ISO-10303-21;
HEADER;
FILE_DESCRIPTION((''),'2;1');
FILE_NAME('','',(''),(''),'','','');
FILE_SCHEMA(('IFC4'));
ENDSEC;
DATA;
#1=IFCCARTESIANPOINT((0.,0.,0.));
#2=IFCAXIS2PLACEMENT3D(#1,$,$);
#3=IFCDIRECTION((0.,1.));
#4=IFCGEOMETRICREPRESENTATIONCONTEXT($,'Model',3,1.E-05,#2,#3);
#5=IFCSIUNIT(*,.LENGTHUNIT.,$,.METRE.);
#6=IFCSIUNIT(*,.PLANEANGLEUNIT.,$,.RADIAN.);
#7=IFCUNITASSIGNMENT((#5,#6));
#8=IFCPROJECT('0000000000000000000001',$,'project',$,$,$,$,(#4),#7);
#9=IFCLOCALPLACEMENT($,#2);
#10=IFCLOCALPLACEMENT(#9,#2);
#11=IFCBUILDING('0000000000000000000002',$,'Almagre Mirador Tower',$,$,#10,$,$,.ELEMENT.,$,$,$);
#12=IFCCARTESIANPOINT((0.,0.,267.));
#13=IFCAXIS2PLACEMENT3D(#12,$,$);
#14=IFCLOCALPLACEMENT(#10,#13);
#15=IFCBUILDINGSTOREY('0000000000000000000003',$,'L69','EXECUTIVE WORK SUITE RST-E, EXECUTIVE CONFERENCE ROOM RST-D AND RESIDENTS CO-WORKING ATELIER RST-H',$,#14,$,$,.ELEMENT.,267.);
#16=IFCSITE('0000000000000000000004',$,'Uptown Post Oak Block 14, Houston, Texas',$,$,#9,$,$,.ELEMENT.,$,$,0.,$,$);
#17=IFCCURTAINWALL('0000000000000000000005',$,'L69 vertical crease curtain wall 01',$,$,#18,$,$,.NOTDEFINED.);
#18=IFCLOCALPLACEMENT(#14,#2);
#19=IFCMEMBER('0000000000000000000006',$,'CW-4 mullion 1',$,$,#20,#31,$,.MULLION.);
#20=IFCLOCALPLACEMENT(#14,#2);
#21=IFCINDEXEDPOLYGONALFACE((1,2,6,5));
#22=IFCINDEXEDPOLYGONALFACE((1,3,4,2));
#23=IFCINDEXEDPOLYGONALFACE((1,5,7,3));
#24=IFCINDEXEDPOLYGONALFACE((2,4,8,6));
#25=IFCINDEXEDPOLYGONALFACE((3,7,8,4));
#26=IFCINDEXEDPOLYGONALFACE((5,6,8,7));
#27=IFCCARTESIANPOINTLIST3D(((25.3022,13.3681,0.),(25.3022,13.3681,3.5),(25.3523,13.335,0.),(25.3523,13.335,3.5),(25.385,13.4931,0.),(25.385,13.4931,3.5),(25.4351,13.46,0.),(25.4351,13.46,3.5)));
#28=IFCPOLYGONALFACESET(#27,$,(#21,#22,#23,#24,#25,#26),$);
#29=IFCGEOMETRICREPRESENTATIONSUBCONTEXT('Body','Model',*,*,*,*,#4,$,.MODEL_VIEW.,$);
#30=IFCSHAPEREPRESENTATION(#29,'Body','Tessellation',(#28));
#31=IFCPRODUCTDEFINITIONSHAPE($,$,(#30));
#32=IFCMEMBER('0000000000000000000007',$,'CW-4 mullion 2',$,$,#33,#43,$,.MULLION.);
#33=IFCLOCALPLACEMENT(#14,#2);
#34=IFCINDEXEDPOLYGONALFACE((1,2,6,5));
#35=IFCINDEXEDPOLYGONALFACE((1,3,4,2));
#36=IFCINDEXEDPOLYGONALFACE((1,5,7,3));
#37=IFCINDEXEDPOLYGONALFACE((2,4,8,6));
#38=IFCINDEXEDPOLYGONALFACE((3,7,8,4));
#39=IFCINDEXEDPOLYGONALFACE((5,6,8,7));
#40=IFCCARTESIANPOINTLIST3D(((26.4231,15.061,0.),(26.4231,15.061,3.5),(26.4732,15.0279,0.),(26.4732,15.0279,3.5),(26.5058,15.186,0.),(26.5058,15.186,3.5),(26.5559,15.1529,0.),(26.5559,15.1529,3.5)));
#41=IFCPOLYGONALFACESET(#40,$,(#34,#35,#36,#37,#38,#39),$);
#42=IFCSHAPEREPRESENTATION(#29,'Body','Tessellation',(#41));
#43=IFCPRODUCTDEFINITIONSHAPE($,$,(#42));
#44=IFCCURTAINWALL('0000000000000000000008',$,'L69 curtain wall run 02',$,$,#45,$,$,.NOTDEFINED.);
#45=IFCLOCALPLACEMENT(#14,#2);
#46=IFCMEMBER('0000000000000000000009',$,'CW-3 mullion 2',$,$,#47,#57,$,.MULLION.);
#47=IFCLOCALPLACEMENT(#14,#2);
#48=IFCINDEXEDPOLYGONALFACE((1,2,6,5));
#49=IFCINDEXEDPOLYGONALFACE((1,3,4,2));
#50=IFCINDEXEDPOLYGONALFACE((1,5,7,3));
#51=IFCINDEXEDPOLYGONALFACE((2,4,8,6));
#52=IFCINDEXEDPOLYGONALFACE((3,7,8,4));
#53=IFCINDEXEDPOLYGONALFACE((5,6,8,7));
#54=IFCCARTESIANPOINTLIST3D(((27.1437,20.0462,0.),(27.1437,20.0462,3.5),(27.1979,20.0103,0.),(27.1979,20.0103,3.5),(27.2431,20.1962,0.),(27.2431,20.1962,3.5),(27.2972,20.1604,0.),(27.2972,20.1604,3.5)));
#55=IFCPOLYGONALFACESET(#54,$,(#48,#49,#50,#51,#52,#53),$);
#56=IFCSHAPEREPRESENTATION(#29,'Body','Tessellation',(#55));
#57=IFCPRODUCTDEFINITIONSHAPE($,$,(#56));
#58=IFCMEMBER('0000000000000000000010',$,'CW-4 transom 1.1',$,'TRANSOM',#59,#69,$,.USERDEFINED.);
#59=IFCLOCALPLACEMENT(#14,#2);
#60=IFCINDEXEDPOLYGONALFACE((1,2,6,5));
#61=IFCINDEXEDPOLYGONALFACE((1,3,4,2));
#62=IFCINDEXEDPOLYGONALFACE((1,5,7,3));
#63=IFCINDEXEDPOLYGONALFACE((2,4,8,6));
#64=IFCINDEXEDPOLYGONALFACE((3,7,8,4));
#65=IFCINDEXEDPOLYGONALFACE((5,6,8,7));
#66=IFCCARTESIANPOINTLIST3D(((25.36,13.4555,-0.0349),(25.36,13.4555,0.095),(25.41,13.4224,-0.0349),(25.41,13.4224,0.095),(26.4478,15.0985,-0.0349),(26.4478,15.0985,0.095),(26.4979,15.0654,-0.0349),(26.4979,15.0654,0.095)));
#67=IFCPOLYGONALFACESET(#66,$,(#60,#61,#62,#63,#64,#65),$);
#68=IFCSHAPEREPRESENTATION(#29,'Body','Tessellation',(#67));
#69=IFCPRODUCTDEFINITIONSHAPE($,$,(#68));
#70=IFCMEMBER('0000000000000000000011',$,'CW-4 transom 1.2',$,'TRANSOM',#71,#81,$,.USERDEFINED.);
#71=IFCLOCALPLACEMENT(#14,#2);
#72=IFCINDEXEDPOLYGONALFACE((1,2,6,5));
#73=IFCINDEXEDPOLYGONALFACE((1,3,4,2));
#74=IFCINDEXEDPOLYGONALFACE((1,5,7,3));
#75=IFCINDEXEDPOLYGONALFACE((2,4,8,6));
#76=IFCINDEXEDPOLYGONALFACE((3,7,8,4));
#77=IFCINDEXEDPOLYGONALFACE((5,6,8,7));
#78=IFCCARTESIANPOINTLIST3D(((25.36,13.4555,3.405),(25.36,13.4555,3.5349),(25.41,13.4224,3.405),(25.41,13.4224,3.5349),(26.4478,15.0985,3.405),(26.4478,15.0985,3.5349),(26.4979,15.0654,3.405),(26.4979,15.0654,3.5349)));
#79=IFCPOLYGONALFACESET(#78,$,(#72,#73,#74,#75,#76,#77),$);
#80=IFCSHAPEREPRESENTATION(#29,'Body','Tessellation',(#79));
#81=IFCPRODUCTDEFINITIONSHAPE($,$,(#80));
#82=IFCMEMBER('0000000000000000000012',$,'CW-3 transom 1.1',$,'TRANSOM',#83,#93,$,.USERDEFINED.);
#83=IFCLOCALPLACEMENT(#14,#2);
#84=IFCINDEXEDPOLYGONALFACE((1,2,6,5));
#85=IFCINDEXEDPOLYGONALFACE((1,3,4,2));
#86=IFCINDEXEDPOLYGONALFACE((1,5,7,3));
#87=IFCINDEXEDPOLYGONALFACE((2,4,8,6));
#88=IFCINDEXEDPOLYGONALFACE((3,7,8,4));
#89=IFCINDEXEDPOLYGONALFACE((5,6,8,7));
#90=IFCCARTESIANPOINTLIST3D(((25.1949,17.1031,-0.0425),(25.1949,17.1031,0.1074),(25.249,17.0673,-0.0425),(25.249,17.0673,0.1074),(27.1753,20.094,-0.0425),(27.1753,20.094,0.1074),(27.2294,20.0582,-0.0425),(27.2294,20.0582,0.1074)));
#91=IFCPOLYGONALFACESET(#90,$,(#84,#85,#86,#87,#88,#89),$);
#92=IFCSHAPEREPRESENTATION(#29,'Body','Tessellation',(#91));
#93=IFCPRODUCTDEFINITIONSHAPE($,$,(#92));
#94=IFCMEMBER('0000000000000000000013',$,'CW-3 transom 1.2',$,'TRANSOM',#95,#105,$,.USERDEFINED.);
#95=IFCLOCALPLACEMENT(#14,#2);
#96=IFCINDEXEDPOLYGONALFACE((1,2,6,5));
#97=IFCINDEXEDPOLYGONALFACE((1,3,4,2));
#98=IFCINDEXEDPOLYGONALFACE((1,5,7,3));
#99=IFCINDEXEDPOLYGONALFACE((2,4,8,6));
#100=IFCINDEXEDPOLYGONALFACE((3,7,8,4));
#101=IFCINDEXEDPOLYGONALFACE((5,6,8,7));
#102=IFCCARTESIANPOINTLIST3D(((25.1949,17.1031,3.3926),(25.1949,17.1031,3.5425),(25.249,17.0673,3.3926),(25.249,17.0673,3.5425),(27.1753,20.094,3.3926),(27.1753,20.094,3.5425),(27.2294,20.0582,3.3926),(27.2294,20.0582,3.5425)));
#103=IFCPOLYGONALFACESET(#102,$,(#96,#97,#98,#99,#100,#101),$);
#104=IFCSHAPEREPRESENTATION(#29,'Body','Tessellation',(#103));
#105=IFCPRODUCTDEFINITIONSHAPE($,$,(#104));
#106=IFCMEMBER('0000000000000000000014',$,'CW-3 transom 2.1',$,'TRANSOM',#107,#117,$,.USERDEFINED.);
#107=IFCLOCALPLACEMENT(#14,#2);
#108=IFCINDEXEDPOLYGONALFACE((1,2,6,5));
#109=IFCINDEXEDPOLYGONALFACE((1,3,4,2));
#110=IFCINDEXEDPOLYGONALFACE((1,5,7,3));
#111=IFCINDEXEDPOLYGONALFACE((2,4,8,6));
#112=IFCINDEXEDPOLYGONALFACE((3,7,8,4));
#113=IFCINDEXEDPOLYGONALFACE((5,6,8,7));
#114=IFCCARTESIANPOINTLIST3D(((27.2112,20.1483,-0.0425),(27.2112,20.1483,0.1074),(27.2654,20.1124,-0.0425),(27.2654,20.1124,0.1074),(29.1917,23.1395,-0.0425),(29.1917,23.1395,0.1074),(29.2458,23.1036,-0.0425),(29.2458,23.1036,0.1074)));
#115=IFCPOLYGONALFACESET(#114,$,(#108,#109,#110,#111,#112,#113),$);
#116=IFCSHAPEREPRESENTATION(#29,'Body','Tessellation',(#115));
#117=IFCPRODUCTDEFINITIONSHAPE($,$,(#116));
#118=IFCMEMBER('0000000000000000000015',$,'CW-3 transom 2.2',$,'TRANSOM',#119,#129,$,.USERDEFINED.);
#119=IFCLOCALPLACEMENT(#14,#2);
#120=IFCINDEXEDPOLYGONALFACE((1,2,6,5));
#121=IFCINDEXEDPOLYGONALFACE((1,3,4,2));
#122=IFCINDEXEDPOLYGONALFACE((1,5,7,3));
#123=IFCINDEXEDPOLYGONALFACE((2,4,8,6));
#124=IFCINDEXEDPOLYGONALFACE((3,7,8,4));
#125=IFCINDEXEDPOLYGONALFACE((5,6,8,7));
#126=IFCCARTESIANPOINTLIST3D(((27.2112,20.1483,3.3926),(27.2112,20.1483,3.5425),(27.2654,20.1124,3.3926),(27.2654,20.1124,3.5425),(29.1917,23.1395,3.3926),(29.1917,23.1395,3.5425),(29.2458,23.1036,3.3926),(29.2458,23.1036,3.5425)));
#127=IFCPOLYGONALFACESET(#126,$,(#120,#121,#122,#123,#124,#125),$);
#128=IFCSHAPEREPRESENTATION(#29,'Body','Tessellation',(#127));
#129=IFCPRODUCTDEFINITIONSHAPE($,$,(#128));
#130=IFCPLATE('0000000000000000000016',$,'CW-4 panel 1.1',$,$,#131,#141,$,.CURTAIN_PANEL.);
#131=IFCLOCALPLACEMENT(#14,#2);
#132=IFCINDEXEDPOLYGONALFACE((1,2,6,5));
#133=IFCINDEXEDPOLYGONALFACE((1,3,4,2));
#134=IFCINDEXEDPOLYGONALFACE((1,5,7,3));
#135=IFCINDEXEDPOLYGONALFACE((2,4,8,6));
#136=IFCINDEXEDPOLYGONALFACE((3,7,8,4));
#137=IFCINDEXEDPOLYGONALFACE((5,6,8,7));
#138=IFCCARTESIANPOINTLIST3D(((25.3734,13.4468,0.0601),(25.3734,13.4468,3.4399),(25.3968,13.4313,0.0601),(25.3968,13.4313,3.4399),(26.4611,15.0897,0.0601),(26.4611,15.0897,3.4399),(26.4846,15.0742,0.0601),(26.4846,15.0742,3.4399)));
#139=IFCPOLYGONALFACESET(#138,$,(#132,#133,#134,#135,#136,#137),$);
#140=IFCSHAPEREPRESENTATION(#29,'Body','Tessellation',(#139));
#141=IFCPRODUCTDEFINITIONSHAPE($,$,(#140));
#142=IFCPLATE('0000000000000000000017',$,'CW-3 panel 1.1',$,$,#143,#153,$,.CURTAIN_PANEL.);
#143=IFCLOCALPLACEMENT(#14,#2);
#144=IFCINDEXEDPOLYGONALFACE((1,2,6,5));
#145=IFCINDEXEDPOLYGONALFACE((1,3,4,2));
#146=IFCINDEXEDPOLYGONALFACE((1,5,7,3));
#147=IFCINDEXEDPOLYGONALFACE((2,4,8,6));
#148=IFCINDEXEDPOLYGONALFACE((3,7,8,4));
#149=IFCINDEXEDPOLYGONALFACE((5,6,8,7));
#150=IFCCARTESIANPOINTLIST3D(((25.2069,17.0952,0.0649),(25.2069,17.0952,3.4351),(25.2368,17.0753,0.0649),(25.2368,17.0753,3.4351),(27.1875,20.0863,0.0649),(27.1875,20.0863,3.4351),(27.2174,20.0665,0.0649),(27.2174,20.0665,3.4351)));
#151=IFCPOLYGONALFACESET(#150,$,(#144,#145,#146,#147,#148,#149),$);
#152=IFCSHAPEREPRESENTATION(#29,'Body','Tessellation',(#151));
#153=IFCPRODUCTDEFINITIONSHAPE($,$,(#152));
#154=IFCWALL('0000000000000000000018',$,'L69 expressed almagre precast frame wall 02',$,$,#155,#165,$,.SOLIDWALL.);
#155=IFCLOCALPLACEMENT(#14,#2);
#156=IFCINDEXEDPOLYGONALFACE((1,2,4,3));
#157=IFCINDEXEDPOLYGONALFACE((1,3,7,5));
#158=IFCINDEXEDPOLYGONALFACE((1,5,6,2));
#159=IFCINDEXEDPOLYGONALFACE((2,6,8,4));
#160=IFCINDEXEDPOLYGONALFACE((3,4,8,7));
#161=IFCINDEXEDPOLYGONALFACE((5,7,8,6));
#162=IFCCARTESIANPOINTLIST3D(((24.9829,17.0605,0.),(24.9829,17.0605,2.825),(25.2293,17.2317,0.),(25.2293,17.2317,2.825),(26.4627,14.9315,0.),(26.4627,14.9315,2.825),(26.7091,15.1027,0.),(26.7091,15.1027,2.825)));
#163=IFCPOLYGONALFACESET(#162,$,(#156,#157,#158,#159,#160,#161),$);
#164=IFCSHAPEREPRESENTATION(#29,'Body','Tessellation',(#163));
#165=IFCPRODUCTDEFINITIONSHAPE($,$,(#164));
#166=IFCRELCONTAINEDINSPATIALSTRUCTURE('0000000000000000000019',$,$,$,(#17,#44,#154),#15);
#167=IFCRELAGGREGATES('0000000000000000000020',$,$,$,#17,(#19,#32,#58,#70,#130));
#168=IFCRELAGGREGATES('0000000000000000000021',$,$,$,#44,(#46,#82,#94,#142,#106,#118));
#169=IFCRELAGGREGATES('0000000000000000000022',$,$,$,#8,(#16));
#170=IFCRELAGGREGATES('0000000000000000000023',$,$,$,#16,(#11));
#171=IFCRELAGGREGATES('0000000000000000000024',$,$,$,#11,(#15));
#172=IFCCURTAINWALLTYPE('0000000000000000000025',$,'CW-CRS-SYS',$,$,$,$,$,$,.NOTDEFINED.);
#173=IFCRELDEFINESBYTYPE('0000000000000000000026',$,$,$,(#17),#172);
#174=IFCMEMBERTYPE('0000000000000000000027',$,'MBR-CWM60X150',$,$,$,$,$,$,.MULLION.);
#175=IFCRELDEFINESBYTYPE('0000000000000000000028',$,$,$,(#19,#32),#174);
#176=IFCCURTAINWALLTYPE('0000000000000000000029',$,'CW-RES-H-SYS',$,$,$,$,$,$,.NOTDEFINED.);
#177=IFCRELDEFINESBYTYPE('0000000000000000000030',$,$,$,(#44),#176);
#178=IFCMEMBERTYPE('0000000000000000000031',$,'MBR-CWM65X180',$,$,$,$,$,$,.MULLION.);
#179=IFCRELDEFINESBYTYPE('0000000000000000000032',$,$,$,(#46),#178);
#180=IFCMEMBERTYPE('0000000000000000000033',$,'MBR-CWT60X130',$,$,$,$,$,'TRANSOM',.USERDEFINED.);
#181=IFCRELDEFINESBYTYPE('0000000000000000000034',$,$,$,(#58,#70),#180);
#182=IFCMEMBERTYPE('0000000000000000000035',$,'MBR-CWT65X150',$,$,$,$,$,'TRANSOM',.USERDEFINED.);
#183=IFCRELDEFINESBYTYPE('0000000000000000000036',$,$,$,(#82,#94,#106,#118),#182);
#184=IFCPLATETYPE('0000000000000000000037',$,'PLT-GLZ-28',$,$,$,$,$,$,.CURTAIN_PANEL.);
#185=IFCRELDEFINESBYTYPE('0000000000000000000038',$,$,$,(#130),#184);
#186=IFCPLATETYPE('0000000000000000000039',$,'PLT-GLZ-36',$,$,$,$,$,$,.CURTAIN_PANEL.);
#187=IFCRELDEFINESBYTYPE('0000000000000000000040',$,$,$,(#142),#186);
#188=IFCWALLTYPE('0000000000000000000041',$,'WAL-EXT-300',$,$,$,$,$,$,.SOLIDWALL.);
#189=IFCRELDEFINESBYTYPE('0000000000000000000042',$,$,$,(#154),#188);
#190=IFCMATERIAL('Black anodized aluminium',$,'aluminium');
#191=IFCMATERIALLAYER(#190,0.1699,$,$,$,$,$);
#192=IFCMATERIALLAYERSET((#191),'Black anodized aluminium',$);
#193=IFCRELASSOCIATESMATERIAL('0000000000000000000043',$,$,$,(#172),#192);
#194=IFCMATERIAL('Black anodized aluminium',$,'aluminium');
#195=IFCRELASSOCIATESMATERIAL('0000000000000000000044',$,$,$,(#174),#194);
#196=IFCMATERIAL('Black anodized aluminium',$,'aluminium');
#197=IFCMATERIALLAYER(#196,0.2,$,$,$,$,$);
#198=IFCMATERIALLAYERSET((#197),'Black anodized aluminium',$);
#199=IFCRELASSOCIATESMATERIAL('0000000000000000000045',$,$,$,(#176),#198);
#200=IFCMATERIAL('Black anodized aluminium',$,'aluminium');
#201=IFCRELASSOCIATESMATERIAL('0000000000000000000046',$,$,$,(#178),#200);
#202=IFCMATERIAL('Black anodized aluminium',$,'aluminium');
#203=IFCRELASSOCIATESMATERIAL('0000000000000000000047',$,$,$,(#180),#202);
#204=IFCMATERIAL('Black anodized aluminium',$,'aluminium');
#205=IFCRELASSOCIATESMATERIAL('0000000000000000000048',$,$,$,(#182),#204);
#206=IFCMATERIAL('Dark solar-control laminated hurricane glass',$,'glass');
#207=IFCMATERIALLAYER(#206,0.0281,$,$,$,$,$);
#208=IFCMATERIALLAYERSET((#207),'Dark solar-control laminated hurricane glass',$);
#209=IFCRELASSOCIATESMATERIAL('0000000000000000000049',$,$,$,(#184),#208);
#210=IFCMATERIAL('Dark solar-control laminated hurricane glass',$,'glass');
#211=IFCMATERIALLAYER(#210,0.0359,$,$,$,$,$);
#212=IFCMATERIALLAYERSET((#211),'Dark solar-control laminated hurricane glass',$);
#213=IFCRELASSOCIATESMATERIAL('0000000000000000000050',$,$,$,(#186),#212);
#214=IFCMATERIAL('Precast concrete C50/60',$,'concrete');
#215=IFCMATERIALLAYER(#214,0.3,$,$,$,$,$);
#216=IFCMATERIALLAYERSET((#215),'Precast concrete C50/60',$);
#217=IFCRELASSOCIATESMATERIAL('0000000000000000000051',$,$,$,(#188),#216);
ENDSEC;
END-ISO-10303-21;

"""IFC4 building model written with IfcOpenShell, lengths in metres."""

from ifc_helpers import new_model, si_unit, direction, frame, frame_2d, origin, origin_2d, place, context, subcontext, project, spatial, rectangle, extrude, material, layer, layer_set, material_profile, profile_set, type_object, element, aggregate, save


model = new_model("IFC4")

# Units and contexts
model_context = context("Model", 3, precision=1e-05, world=origin(), true_north=direction((0.0, 1.0)))
body_context = subcontext(model_context, "Body", "Model", "MODEL_VIEW")
ifc_project = project(units=[si_unit("LENGTHUNIT", "METRE"), si_unit("PLANEANGLEUNIT", "RADIAN")], contexts=[model_context])

# Site, building, storey
site_placement = place(None, origin())
site = spatial("IfcSite", under=ifc_project, at=site_placement, Name="Uptown Post Oak Block 14, Houston, Texas", CompositionType="ELEMENT", RefElevation=0.0)
building_placement = place(site_placement, origin())
building = spatial("IfcBuilding", under=site, at=building_placement, Name="Almagre Mirador Tower", CompositionType="ELEMENT")
storey_placement = place(building_placement, frame((0.0, 0.0, 267.0)))
storey = spatial("IfcBuildingStorey", under=building, at=storey_placement, Name="L69", Description="EXECUTIVE WORK SUITE RST-E, EXECUTIVE CONFERENCE ROOM RST-D AND RESIDENTS CO-WORKING ATELIER RST-H", CompositionType="ELEMENT", Elevation=267.0)

# Curtain wall, members
ifc_material_1 = material(Name="Black anodized aluminium", Category="aluminium")
ifc_layer_1 = layer(ifc_material_1, 0.1699)
ifc_layer_set_1 = layer_set([ifc_layer_1], Name="Black anodized aluminium")
curtain_wall_type_1 = type_object("IfcCurtainWallType", Name="CW-CRS-SYS", PredefinedType="NOTDEFINED", material=ifc_layer_set_1)
curtain_wall_1_placement = place(storey_placement, origin())
curtain_wall_1 = element("IfcCurtainWall", 1, at=curtain_wall_1_placement, inside=storey, type_object=curtain_wall_type_1, Name="L69 vertical crease curtain wall 01", PredefinedType="NOTDEFINED")
ifc_material_2 = material(Name="Black anodized aluminium", Category="aluminium")
ifc_material_profile_1 = material_profile(ifc_material_2, rectangle(XDim=0.0601, YDim=0.1499, at=origin_2d()), Name="CWM60X150")
ifc_profile_set_1 = profile_set([ifc_material_profile_1], Name="Black anodized aluminium")
member_type_1 = type_object("IfcMemberType", Name="MBR-CWM60X150", PredefinedType="MULLION", material=ifc_profile_set_1)
member_1_placement = place(storey_placement, frame((25.3687, 13.4141, 0.0), z_axis=(0.0, 0.0, 1.0), x_axis=(-0.833812, 0.552048, 0.0)))
member_1 = element("IfcMember", 2, at=member_1_placement, type_object=member_type_1, Name="CW-4 mullion 1", PredefinedType="MULLION", context=body_context, shape_type="SweptSolid", body=[
    extrude(rectangle(XDim=0.0601, YDim=0.1499, at=origin_2d()), origin(), (0.0, 0.0, 1.0), 3.5),
])
member_2_placement = place(storey_placement, frame((26.4895, 15.1069, 0.0), z_axis=(0.0, 0.0, 1.0), x_axis=(-0.833812, 0.552048, 0.0)))
member_2 = element("IfcMember", 3, at=member_2_placement, type_object=member_type_1, Name="CW-4 mullion 2", PredefinedType="MULLION", context=body_context, shape_type="SweptSolid", body=[
    extrude(rectangle(XDim=0.0601, YDim=0.1499, at=origin_2d()), origin(), (0.0, 0.0, 1.0), 3.5),
])

# Curtain wall, member
ifc_material_3 = material(Name="Black anodized aluminium", Category="aluminium")
ifc_layer_2 = layer(ifc_material_3, 0.2)
ifc_layer_set_2 = layer_set([ifc_layer_2], Name="Black anodized aluminium")
curtain_wall_type_2 = type_object("IfcCurtainWallType", Name="CW-RES-H-SYS", PredefinedType="NOTDEFINED", material=ifc_layer_set_2)
curtain_wall_2_placement = place(storey_placement, origin())
curtain_wall_2 = element("IfcCurtainWall", 4, at=curtain_wall_2_placement, inside=storey, type_object=curtain_wall_type_2, Name="L69 curtain wall run 02", PredefinedType="NOTDEFINED")
ifc_material_4 = material(Name="Black anodized aluminium", Category="aluminium")
ifc_material_profile_2 = material_profile(ifc_material_4, rectangle(XDim=0.0649, YDim=0.1799, at=origin_2d()), Name="CWM65X180")
ifc_profile_set_2 = profile_set([ifc_material_profile_2], Name="Black anodized aluminium")
member_type_2 = type_object("IfcMemberType", Name="MBR-CWM65X180", PredefinedType="MULLION", material=ifc_profile_set_2)
member_3_placement = place(storey_placement, frame((27.2205, 20.1033, 0.0), z_axis=(0.0, 0.0, 1.0), x_axis=(-0.833785, 0.552089, 0.0)))
member_3 = element("IfcMember", 5, at=member_3_placement, type_object=member_type_2, Name="CW-3 mullion 2", PredefinedType="MULLION", context=body_context, shape_type="SweptSolid", body=[
    extrude(rectangle(XDim=0.0649, YDim=0.1799, at=origin_2d()), origin(), (0.0, 0.0, 1.0), 3.5),
])

# Members
ifc_material_5 = material(Name="Black anodized aluminium", Category="aluminium")
ifc_material_profile_3 = material_profile(ifc_material_5, rectangle(XDim=0.0601, YDim=0.1299, at=origin_2d()), Name="CWT60X130")
ifc_profile_set_3 = profile_set([ifc_material_profile_3], Name="Black anodized aluminium")
member_type_3 = type_object("IfcMemberType", Name="MBR-CWT60X130", ElementType="TRANSOM", PredefinedType="USERDEFINED", material=ifc_profile_set_3)
member_4_placement = place(storey_placement, frame((25.385, 13.439, 0.03), z_axis=(0.552067, 0.8338, 0.0), x_axis=(-0.8338, 0.552067, 0.0)))
member_4 = element("IfcMember", 6, at=member_4_placement, type_object=member_type_3, Name="CW-4 transom 1.1", ObjectType="TRANSOM", PredefinedType="USERDEFINED", context=body_context, shape_type="SweptSolid", body=[
    extrude(rectangle(XDim=0.0601, YDim=0.1299, at=origin_2d()), origin(), (0.0, 0.0, 1.0), 1.9705),
])
member_5_placement = place(storey_placement, frame((25.385, 13.439, 3.47), z_axis=(0.552067, 0.8338, 0.0), x_axis=(-0.8338, 0.552067, 0.0)))
member_5 = element("IfcMember", 7, at=member_5_placement, type_object=member_type_3, Name="CW-4 transom 1.2", ObjectType="TRANSOM", PredefinedType="USERDEFINED", context=body_context, shape_type="SweptSolid", body=[
    extrude(rectangle(XDim=0.0601, YDim=0.1299, at=origin_2d()), origin(), (0.0, 0.0, 1.0), 1.9705),
])
ifc_material_6 = material(Name="Black anodized aluminium", Category="aluminium")
ifc_material_profile_4 = material_profile(ifc_material_6, rectangle(XDim=0.0649, YDim=0.1499, at=origin_2d()), Name="CWT65X150")
ifc_profile_set_4 = profile_set([ifc_material_profile_4], Name="Black anodized aluminium")
member_type_4 = type_object("IfcMemberType", Name="MBR-CWT65X150", ElementType="TRANSOM", PredefinedType="USERDEFINED", material=ifc_profile_set_4)
member_6_placement = place(storey_placement, frame((25.2219, 17.0852, 0.0325), z_axis=(0.55209, 0.833784, 0.0), x_axis=(-0.833784, 0.55209, 0.0)))
member_6 = element("IfcMember", 8, at=member_6_placement, type_object=member_type_4, Name="CW-3 transom 1.1", ObjectType="TRANSOM", PredefinedType="USERDEFINED", context=body_context, shape_type="SweptSolid", body=[
    extrude(rectangle(XDim=0.0649, YDim=0.1499, at=origin_2d()), origin(), (0.0, 0.0, 1.0), 3.5872),
])
member_7_placement = place(storey_placement, frame((25.2219, 17.0852, 3.4675), z_axis=(0.55209, 0.833784, 0.0), x_axis=(-0.833784, 0.55209, 0.0)))
member_7 = element("IfcMember", 9, at=member_7_placement, type_object=member_type_4, Name="CW-3 transom 1.2", ObjectType="TRANSOM", PredefinedType="USERDEFINED", context=body_context, shape_type="SweptSolid", body=[
    extrude(rectangle(XDim=0.0649, YDim=0.1499, at=origin_2d()), origin(), (0.0, 0.0, 1.0), 3.5872),
])
member_8_placement = place(storey_placement, frame((27.2383, 20.1304, 0.0325), z_axis=(0.552059, 0.833805, 0.0), x_axis=(-0.833805, 0.552059, 0.0)))
member_8 = element("IfcMember", 10, at=member_8_placement, type_object=member_type_4, Name="CW-3 transom 2.1", ObjectType="TRANSOM", PredefinedType="USERDEFINED", context=body_context, shape_type="SweptSolid", body=[
    extrude(rectangle(XDim=0.0649, YDim=0.1499, at=origin_2d()), origin(), (0.0, 0.0, 1.0), 3.5874),
])
member_9_placement = place(storey_placement, frame((27.2383, 20.1304, 3.4675), z_axis=(0.552059, 0.833805, 0.0), x_axis=(-0.833805, 0.552059, 0.0)))
member_9 = element("IfcMember", 11, at=member_9_placement, type_object=member_type_4, Name="CW-3 transom 2.2", ObjectType="TRANSOM", PredefinedType="USERDEFINED", context=body_context, shape_type="SweptSolid", body=[
    extrude(rectangle(XDim=0.0649, YDim=0.1499, at=origin_2d()), origin(), (0.0, 0.0, 1.0), 3.5874),
])

# Plates
ifc_material_7 = material(Name="Dark solar-control laminated hurricane glass", Category="glass")
ifc_layer_3 = layer(ifc_material_7, 0.0281)
ifc_layer_set_3 = layer_set([ifc_layer_3], Name="Dark solar-control laminated hurricane glass")
plate_type_1 = type_object("IfcPlateType", Name="PLT-GLZ-28", PredefinedType="CURTAIN_PANEL", material=ifc_layer_set_3)
plate_1_placement = place(storey_placement, frame((25.929, 14.2605, 0.0601), z_axis=(0.0, 0.0, 1.0), x_axis=(0.552048, 0.833812, 0.0)))
plate_1 = element("IfcPlate", 12, at=plate_1_placement, type_object=plate_type_1, Name="CW-4 panel 1.1", PredefinedType="CURTAIN_PANEL", context=body_context, shape_type="SweptSolid", body=[
    extrude(rectangle(XDim=1.9705, YDim=0.0281, at=origin_2d()), origin(), (0.0, 0.0, 1.0), 3.3799),
])
aggregate(curtain_wall_1, [member_1, member_2, member_4, member_5, plate_1])
ifc_material_8 = material(Name="Dark solar-control laminated hurricane glass", Category="glass")
ifc_layer_4 = layer(ifc_material_8, 0.0359)
ifc_layer_set_4 = layer_set([ifc_layer_4], Name="Dark solar-control laminated hurricane glass")
plate_type_2 = type_object("IfcPlateType", Name="PLT-GLZ-36", PredefinedType="CURTAIN_PANEL", material=ifc_layer_set_4)
plate_2_placement = place(storey_placement, frame((26.2122, 18.5808, 0.0649), z_axis=(0.0, 0.0, 1.0), x_axis=(0.552089, 0.833785, 0.0)))
plate_2 = element("IfcPlate", 13, at=plate_2_placement, type_object=plate_type_2, Name="CW-3 panel 1.1", PredefinedType="CURTAIN_PANEL", context=body_context, shape_type="SweptSolid", body=[
    extrude(rectangle(XDim=3.5874, YDim=0.0359, at=origin_2d()), origin(), (0.0, 0.0, 1.0), 3.3701),
])
aggregate(curtain_wall_2, [member_3, member_6, member_7, plate_2, member_8, member_9])

# Wall
ifc_material_9 = material(Name="Precast concrete C50/60", Category="concrete")
ifc_layer_5 = layer(ifc_material_9, 0.3)
ifc_layer_set_5 = layer_set([ifc_layer_5], Name="Precast concrete C50/60")
wall_type_1 = type_object("IfcWallType", Name="WAL-EXT-300", PredefinedType="SOLIDWALL", material=ifc_layer_set_5)
wall_1_placement = place(storey_placement, frame((26.5859, 15.0171, 0.0), z_axis=(0.0, 0.0, 1.0), x_axis=(-0.570742, 0.82113, 0.0)))
element("IfcWall", 14, at=wall_1_placement, inside=storey, type_object=wall_type_1, Name="L69 expressed almagre precast frame wall 02", PredefinedType="SOLIDWALL", context=body_context, shape_type="SweptSolid", body=[
    extrude(rectangle(XDim=2.5928, YDim=0.3, at=frame_2d((1.2964, 0.0))), origin(), (0.0, 0.0, 1.0), 2.825),
])

save(model, "model.ifc")
